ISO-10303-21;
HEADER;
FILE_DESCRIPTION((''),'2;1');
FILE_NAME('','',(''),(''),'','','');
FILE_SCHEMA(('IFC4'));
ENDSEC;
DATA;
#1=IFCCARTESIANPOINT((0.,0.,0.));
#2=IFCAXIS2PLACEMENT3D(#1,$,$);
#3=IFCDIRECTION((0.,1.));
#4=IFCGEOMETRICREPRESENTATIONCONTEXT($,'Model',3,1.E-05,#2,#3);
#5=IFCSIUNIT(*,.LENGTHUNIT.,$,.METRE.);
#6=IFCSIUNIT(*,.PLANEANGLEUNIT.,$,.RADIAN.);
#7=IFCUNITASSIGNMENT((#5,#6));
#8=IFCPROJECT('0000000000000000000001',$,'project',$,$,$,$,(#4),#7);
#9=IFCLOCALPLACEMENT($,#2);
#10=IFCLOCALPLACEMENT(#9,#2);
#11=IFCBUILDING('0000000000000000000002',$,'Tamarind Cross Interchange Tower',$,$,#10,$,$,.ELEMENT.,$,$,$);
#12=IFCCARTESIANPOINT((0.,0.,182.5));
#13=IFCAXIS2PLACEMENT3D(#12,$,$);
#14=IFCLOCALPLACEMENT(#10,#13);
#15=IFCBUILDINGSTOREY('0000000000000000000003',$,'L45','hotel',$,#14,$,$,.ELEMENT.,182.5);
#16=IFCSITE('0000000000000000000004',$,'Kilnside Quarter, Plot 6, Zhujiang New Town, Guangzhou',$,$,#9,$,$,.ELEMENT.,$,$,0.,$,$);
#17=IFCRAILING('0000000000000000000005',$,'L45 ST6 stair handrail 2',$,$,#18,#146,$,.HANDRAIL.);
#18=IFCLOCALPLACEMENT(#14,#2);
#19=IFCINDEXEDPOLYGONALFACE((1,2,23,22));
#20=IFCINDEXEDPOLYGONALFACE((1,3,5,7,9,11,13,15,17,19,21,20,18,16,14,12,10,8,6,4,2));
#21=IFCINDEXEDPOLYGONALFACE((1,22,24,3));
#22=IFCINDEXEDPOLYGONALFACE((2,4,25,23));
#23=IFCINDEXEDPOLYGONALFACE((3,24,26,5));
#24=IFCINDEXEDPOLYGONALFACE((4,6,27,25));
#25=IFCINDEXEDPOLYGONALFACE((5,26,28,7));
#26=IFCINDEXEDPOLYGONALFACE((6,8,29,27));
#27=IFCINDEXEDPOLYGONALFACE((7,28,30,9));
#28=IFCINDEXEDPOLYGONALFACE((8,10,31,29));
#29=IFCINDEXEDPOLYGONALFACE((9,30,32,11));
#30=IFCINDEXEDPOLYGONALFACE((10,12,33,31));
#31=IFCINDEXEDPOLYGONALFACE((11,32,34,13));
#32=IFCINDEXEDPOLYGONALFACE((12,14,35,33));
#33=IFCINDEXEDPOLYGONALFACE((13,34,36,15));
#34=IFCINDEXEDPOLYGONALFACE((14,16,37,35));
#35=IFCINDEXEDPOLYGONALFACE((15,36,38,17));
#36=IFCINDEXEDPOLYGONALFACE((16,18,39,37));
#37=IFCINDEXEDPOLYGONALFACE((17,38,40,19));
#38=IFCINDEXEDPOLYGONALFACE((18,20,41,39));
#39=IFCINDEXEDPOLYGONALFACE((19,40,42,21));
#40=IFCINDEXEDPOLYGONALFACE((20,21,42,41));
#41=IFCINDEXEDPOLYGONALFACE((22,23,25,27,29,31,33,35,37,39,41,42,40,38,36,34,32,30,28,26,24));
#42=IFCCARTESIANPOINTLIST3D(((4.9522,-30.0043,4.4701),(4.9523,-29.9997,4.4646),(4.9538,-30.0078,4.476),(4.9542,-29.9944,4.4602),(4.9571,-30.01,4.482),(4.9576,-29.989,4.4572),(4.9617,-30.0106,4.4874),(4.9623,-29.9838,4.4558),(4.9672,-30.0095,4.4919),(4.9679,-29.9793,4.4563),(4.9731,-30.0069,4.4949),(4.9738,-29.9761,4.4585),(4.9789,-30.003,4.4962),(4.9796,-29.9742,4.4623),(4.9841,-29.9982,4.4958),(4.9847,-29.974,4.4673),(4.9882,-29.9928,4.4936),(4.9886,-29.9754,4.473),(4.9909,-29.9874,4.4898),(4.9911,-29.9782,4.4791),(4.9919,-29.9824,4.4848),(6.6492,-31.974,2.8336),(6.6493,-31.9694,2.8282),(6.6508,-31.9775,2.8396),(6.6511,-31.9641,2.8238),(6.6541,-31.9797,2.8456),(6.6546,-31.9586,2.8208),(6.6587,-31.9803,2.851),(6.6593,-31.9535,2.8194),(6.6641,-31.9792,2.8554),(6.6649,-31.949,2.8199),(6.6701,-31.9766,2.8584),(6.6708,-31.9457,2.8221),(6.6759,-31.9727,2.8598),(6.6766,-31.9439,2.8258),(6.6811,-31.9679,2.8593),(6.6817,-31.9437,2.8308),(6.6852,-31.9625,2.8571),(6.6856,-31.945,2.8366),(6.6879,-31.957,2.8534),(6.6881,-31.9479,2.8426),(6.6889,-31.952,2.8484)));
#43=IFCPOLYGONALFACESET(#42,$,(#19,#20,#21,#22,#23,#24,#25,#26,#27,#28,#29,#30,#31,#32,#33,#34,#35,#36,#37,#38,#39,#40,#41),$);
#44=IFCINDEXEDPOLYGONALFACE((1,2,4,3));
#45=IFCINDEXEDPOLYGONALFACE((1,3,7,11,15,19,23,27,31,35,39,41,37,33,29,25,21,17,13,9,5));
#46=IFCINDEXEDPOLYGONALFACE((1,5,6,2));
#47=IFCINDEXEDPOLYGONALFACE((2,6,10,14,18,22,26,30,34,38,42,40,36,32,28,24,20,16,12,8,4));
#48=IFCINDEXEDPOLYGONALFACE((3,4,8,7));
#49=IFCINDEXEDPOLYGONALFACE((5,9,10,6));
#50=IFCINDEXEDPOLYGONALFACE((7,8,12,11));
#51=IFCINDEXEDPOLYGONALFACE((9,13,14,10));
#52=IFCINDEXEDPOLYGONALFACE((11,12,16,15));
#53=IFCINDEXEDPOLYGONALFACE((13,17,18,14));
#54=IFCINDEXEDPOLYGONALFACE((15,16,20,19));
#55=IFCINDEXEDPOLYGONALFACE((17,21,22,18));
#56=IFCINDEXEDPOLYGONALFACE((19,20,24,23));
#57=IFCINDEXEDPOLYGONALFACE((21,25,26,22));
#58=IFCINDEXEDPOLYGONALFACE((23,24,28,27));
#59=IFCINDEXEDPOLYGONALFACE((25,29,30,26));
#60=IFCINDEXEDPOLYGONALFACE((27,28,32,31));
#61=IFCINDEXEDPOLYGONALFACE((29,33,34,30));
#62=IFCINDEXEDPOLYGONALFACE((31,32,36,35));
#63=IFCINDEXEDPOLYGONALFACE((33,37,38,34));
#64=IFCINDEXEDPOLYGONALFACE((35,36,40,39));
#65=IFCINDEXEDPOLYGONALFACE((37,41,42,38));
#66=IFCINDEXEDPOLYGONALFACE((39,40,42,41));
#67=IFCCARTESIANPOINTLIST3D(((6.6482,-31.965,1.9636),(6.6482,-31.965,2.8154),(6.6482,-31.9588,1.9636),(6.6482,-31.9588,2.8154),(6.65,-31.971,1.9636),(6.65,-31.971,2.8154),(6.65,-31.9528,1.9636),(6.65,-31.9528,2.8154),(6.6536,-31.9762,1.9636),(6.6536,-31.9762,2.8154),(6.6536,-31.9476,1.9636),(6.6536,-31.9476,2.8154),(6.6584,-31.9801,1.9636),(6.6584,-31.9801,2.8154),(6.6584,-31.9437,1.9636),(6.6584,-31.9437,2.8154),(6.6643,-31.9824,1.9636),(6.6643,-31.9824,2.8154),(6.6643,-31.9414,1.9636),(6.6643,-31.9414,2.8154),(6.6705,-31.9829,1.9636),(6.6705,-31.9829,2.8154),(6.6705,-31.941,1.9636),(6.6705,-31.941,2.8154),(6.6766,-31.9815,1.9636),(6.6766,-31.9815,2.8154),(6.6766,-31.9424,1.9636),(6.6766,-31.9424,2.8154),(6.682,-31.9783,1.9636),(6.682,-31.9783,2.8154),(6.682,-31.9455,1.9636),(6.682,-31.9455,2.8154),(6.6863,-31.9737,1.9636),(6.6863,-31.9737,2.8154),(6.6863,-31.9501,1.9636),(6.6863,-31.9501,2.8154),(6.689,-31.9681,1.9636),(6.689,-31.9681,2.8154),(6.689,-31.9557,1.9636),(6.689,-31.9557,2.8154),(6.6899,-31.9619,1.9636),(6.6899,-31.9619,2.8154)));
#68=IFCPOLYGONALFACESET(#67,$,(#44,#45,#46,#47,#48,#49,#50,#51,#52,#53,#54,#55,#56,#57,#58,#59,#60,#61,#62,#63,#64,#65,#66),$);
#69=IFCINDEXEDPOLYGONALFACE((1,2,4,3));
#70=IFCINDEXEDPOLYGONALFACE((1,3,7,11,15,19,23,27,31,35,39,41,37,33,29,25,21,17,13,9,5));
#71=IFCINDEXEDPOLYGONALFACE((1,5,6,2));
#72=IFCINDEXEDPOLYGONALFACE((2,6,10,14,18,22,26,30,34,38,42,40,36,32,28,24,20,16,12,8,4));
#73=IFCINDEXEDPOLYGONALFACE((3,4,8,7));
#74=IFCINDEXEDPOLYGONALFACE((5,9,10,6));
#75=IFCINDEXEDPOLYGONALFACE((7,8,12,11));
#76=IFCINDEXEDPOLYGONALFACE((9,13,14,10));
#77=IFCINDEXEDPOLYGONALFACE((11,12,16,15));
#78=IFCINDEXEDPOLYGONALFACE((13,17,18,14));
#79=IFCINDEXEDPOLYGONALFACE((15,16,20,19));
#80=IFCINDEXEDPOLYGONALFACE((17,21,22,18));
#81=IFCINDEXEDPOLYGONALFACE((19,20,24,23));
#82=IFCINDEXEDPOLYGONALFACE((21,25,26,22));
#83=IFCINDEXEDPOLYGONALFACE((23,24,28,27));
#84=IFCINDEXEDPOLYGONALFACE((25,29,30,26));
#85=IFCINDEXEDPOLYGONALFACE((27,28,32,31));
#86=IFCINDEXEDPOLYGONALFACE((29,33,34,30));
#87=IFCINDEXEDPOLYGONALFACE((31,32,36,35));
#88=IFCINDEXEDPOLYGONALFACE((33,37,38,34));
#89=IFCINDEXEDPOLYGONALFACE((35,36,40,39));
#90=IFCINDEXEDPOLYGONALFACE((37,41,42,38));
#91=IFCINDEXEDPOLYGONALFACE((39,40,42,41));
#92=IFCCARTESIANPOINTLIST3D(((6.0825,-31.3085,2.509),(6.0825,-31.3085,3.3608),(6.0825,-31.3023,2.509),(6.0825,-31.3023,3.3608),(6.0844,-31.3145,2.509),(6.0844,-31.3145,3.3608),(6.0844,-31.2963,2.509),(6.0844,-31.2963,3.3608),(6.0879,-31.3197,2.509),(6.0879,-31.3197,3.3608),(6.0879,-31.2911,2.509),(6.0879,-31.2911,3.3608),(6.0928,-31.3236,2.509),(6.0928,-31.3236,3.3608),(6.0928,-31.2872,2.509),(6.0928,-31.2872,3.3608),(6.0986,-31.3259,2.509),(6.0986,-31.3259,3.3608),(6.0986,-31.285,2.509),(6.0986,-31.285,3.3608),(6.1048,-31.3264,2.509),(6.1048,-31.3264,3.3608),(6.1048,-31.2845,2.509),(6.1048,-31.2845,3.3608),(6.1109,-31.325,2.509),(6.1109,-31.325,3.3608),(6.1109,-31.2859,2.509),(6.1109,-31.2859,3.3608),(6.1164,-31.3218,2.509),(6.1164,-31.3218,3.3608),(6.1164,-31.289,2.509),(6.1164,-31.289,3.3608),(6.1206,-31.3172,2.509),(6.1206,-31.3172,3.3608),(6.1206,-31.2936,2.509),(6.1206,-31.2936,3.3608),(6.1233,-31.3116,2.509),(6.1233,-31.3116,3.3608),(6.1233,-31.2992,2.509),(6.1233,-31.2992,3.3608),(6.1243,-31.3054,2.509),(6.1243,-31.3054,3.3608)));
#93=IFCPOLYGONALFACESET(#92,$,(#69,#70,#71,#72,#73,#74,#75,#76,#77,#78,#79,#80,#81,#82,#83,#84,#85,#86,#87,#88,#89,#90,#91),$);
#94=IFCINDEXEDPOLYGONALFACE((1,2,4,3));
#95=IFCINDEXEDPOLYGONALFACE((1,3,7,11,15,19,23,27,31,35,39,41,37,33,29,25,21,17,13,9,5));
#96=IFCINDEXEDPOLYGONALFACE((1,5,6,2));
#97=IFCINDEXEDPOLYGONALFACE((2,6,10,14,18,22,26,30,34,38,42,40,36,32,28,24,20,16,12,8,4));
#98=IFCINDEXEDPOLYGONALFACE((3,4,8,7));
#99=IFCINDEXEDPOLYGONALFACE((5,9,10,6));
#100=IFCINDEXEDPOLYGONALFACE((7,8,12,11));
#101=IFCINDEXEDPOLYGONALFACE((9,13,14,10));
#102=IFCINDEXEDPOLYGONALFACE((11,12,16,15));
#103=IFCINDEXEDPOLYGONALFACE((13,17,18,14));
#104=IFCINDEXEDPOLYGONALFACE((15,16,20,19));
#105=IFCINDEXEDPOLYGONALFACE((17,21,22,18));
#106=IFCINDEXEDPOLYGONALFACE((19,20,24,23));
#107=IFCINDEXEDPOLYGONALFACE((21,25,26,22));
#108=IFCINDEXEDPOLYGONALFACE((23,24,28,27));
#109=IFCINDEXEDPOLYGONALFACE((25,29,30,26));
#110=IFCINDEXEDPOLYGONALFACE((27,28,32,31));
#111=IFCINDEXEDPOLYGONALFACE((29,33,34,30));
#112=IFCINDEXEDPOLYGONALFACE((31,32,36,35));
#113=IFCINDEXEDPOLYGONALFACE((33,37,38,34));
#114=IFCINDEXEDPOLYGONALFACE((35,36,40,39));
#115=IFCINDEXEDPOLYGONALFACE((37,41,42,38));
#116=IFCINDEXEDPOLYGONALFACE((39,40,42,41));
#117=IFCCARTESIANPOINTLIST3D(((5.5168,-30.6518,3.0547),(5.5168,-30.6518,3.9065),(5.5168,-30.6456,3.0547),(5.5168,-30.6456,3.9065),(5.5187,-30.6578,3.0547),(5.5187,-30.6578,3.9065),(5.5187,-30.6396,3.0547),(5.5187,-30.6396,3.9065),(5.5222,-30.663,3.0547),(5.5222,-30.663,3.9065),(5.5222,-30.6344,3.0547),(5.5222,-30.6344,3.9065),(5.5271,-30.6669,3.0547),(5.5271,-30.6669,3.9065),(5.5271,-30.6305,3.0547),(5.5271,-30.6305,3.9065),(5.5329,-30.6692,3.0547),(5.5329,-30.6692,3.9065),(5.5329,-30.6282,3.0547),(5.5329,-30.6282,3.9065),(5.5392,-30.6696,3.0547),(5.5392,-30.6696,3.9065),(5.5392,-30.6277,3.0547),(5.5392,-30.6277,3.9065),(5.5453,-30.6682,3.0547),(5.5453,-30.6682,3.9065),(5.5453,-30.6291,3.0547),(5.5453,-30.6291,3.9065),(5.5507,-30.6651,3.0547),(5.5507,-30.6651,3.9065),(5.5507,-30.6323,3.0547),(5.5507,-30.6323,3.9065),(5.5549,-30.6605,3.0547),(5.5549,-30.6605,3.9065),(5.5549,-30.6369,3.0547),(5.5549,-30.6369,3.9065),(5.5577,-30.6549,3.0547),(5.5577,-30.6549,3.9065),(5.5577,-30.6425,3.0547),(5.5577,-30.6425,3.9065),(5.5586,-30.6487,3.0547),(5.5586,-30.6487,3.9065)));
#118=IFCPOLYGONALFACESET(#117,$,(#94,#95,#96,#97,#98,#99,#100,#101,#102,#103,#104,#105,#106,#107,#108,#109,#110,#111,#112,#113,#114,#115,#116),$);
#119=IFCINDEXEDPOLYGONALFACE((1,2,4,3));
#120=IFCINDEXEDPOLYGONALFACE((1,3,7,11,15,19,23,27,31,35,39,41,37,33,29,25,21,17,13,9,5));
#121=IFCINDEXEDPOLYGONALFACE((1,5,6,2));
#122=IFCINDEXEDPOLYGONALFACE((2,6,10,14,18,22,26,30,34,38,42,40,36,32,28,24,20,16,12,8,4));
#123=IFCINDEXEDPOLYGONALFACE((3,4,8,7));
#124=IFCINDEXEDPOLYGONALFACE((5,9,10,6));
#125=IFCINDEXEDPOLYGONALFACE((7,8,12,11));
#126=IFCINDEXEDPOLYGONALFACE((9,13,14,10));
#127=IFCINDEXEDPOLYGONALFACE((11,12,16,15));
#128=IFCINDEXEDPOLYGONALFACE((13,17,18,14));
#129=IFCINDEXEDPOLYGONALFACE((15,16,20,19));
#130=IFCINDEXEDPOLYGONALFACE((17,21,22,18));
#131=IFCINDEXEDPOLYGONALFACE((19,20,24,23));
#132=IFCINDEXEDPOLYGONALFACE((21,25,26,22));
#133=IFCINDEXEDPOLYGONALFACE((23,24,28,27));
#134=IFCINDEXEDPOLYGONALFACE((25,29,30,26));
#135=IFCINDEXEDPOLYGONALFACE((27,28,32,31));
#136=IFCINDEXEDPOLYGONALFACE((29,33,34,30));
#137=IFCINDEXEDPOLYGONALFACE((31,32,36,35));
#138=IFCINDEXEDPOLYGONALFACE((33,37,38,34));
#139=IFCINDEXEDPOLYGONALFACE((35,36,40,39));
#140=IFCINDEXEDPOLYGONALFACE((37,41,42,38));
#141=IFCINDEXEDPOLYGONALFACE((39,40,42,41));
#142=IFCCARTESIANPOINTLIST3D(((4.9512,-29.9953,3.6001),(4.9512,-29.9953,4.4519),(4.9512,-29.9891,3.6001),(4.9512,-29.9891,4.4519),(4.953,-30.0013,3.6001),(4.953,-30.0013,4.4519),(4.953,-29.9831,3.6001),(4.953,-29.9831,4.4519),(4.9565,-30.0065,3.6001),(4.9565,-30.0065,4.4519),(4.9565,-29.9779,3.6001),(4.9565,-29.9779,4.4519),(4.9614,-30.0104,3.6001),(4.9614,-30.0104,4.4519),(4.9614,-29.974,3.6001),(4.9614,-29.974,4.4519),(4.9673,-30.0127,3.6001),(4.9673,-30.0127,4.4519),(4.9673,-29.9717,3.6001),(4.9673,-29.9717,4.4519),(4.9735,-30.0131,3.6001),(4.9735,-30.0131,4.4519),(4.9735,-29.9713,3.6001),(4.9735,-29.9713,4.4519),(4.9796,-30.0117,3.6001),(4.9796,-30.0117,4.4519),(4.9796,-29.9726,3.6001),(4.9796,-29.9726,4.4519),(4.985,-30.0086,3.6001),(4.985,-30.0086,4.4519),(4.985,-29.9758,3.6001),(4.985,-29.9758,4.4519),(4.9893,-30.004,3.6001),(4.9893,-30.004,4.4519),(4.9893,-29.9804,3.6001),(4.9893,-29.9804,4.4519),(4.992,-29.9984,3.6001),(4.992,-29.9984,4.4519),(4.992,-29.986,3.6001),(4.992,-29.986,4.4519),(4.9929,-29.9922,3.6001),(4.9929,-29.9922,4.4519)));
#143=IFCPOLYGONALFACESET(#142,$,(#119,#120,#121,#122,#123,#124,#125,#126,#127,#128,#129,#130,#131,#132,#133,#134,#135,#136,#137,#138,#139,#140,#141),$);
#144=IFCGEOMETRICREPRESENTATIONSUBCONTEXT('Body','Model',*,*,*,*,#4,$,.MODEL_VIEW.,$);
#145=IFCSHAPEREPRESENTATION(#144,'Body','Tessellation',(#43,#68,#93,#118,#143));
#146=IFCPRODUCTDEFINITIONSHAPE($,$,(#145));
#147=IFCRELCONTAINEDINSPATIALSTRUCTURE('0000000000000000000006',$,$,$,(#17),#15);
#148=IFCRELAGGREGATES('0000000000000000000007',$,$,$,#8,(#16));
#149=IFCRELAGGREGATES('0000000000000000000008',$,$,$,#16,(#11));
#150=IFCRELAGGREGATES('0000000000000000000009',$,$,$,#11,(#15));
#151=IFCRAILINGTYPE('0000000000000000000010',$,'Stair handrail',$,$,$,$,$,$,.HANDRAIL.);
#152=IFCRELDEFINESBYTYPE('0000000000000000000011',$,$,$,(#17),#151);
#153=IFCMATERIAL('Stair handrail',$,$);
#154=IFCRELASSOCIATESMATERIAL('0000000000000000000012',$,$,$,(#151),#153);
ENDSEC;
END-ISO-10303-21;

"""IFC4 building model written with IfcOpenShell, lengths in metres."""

from ifc_helpers import new_model, si_unit, direction, frame, origin, origin_2d, place, context, subcontext, project, spatial, circle, extrude, material, type_object, element, save


model = new_model("IFC4")

# Units and contexts
model_context = context("Model", 3, precision=1e-05, world=origin(), true_north=direction((0.0, 1.0)))
body_context = subcontext(model_context, "Body", "Model", "MODEL_VIEW")
ifc_project = project(units=[si_unit("LENGTHUNIT", "METRE"), si_unit("PLANEANGLEUNIT", "RADIAN")], contexts=[model_context])

# Site, building, storey
site_placement = place(None, origin())
site = spatial("IfcSite", under=ifc_project, at=site_placement, Name="Kilnside Quarter, Plot 6, Zhujiang New Town, Guangzhou", CompositionType="ELEMENT", RefElevation=0.0)
building_placement = place(site_placement, origin())
building = spatial("IfcBuilding", under=site, at=building_placement, Name="Tamarind Cross Interchange Tower", CompositionType="ELEMENT")
storey_placement = place(building_placement, frame((0.0, 0.0, 182.5)))
storey = spatial("IfcBuildingStorey", under=building, at=storey_placement, Name="L45", Description="hotel", CompositionType="ELEMENT", Elevation=182.5)

# Railing
ifc_material_1 = material(Name="Stair handrail")
railing_type_1 = type_object("IfcRailingType", Name="Stair handrail", PredefinedType="HANDRAIL", material=ifc_material_1)
railing_1_placement = place(storey_placement, frame((6.6689, -31.9619, 1.9636)))
element("IfcRailing", 1, at=railing_1_placement, inside=storey, type_object=railing_type_1, Name="L45 ST6 stair handrail 2", PredefinedType="HANDRAIL", context=body_context, shape_type="SweptSolid", body=[
    extrude(circle(Radius=0.0239, at=origin_2d()), frame((0.0, 0.0, 0.876), z_axis=(-0.552399, 0.641168, 0.53269), x_axis=(-0.757604, -0.652715, 0.0)), (0.0, 0.0, 1.0), 3.072),
    extrude(circle(Radius=0.021, at=origin_2d()), origin(), (0.0, 0.0, 1.0), 0.8518),
    extrude(circle(Radius=0.021, at=origin_2d()), frame((-0.5657, 0.6565, 0.5454)), (0.0, 0.0, 1.0), 0.8518),
    extrude(circle(Radius=0.021, at=origin_2d()), frame((-1.1313, 1.3132, 1.0911)), (0.0, 0.0, 1.0), 0.8518),
    extrude(circle(Radius=0.021, at=origin_2d()), frame((-1.697, 1.9697, 1.6365)), (0.0, 0.0, 1.0), 0.8518),
])

save(model, "model.ifc")
